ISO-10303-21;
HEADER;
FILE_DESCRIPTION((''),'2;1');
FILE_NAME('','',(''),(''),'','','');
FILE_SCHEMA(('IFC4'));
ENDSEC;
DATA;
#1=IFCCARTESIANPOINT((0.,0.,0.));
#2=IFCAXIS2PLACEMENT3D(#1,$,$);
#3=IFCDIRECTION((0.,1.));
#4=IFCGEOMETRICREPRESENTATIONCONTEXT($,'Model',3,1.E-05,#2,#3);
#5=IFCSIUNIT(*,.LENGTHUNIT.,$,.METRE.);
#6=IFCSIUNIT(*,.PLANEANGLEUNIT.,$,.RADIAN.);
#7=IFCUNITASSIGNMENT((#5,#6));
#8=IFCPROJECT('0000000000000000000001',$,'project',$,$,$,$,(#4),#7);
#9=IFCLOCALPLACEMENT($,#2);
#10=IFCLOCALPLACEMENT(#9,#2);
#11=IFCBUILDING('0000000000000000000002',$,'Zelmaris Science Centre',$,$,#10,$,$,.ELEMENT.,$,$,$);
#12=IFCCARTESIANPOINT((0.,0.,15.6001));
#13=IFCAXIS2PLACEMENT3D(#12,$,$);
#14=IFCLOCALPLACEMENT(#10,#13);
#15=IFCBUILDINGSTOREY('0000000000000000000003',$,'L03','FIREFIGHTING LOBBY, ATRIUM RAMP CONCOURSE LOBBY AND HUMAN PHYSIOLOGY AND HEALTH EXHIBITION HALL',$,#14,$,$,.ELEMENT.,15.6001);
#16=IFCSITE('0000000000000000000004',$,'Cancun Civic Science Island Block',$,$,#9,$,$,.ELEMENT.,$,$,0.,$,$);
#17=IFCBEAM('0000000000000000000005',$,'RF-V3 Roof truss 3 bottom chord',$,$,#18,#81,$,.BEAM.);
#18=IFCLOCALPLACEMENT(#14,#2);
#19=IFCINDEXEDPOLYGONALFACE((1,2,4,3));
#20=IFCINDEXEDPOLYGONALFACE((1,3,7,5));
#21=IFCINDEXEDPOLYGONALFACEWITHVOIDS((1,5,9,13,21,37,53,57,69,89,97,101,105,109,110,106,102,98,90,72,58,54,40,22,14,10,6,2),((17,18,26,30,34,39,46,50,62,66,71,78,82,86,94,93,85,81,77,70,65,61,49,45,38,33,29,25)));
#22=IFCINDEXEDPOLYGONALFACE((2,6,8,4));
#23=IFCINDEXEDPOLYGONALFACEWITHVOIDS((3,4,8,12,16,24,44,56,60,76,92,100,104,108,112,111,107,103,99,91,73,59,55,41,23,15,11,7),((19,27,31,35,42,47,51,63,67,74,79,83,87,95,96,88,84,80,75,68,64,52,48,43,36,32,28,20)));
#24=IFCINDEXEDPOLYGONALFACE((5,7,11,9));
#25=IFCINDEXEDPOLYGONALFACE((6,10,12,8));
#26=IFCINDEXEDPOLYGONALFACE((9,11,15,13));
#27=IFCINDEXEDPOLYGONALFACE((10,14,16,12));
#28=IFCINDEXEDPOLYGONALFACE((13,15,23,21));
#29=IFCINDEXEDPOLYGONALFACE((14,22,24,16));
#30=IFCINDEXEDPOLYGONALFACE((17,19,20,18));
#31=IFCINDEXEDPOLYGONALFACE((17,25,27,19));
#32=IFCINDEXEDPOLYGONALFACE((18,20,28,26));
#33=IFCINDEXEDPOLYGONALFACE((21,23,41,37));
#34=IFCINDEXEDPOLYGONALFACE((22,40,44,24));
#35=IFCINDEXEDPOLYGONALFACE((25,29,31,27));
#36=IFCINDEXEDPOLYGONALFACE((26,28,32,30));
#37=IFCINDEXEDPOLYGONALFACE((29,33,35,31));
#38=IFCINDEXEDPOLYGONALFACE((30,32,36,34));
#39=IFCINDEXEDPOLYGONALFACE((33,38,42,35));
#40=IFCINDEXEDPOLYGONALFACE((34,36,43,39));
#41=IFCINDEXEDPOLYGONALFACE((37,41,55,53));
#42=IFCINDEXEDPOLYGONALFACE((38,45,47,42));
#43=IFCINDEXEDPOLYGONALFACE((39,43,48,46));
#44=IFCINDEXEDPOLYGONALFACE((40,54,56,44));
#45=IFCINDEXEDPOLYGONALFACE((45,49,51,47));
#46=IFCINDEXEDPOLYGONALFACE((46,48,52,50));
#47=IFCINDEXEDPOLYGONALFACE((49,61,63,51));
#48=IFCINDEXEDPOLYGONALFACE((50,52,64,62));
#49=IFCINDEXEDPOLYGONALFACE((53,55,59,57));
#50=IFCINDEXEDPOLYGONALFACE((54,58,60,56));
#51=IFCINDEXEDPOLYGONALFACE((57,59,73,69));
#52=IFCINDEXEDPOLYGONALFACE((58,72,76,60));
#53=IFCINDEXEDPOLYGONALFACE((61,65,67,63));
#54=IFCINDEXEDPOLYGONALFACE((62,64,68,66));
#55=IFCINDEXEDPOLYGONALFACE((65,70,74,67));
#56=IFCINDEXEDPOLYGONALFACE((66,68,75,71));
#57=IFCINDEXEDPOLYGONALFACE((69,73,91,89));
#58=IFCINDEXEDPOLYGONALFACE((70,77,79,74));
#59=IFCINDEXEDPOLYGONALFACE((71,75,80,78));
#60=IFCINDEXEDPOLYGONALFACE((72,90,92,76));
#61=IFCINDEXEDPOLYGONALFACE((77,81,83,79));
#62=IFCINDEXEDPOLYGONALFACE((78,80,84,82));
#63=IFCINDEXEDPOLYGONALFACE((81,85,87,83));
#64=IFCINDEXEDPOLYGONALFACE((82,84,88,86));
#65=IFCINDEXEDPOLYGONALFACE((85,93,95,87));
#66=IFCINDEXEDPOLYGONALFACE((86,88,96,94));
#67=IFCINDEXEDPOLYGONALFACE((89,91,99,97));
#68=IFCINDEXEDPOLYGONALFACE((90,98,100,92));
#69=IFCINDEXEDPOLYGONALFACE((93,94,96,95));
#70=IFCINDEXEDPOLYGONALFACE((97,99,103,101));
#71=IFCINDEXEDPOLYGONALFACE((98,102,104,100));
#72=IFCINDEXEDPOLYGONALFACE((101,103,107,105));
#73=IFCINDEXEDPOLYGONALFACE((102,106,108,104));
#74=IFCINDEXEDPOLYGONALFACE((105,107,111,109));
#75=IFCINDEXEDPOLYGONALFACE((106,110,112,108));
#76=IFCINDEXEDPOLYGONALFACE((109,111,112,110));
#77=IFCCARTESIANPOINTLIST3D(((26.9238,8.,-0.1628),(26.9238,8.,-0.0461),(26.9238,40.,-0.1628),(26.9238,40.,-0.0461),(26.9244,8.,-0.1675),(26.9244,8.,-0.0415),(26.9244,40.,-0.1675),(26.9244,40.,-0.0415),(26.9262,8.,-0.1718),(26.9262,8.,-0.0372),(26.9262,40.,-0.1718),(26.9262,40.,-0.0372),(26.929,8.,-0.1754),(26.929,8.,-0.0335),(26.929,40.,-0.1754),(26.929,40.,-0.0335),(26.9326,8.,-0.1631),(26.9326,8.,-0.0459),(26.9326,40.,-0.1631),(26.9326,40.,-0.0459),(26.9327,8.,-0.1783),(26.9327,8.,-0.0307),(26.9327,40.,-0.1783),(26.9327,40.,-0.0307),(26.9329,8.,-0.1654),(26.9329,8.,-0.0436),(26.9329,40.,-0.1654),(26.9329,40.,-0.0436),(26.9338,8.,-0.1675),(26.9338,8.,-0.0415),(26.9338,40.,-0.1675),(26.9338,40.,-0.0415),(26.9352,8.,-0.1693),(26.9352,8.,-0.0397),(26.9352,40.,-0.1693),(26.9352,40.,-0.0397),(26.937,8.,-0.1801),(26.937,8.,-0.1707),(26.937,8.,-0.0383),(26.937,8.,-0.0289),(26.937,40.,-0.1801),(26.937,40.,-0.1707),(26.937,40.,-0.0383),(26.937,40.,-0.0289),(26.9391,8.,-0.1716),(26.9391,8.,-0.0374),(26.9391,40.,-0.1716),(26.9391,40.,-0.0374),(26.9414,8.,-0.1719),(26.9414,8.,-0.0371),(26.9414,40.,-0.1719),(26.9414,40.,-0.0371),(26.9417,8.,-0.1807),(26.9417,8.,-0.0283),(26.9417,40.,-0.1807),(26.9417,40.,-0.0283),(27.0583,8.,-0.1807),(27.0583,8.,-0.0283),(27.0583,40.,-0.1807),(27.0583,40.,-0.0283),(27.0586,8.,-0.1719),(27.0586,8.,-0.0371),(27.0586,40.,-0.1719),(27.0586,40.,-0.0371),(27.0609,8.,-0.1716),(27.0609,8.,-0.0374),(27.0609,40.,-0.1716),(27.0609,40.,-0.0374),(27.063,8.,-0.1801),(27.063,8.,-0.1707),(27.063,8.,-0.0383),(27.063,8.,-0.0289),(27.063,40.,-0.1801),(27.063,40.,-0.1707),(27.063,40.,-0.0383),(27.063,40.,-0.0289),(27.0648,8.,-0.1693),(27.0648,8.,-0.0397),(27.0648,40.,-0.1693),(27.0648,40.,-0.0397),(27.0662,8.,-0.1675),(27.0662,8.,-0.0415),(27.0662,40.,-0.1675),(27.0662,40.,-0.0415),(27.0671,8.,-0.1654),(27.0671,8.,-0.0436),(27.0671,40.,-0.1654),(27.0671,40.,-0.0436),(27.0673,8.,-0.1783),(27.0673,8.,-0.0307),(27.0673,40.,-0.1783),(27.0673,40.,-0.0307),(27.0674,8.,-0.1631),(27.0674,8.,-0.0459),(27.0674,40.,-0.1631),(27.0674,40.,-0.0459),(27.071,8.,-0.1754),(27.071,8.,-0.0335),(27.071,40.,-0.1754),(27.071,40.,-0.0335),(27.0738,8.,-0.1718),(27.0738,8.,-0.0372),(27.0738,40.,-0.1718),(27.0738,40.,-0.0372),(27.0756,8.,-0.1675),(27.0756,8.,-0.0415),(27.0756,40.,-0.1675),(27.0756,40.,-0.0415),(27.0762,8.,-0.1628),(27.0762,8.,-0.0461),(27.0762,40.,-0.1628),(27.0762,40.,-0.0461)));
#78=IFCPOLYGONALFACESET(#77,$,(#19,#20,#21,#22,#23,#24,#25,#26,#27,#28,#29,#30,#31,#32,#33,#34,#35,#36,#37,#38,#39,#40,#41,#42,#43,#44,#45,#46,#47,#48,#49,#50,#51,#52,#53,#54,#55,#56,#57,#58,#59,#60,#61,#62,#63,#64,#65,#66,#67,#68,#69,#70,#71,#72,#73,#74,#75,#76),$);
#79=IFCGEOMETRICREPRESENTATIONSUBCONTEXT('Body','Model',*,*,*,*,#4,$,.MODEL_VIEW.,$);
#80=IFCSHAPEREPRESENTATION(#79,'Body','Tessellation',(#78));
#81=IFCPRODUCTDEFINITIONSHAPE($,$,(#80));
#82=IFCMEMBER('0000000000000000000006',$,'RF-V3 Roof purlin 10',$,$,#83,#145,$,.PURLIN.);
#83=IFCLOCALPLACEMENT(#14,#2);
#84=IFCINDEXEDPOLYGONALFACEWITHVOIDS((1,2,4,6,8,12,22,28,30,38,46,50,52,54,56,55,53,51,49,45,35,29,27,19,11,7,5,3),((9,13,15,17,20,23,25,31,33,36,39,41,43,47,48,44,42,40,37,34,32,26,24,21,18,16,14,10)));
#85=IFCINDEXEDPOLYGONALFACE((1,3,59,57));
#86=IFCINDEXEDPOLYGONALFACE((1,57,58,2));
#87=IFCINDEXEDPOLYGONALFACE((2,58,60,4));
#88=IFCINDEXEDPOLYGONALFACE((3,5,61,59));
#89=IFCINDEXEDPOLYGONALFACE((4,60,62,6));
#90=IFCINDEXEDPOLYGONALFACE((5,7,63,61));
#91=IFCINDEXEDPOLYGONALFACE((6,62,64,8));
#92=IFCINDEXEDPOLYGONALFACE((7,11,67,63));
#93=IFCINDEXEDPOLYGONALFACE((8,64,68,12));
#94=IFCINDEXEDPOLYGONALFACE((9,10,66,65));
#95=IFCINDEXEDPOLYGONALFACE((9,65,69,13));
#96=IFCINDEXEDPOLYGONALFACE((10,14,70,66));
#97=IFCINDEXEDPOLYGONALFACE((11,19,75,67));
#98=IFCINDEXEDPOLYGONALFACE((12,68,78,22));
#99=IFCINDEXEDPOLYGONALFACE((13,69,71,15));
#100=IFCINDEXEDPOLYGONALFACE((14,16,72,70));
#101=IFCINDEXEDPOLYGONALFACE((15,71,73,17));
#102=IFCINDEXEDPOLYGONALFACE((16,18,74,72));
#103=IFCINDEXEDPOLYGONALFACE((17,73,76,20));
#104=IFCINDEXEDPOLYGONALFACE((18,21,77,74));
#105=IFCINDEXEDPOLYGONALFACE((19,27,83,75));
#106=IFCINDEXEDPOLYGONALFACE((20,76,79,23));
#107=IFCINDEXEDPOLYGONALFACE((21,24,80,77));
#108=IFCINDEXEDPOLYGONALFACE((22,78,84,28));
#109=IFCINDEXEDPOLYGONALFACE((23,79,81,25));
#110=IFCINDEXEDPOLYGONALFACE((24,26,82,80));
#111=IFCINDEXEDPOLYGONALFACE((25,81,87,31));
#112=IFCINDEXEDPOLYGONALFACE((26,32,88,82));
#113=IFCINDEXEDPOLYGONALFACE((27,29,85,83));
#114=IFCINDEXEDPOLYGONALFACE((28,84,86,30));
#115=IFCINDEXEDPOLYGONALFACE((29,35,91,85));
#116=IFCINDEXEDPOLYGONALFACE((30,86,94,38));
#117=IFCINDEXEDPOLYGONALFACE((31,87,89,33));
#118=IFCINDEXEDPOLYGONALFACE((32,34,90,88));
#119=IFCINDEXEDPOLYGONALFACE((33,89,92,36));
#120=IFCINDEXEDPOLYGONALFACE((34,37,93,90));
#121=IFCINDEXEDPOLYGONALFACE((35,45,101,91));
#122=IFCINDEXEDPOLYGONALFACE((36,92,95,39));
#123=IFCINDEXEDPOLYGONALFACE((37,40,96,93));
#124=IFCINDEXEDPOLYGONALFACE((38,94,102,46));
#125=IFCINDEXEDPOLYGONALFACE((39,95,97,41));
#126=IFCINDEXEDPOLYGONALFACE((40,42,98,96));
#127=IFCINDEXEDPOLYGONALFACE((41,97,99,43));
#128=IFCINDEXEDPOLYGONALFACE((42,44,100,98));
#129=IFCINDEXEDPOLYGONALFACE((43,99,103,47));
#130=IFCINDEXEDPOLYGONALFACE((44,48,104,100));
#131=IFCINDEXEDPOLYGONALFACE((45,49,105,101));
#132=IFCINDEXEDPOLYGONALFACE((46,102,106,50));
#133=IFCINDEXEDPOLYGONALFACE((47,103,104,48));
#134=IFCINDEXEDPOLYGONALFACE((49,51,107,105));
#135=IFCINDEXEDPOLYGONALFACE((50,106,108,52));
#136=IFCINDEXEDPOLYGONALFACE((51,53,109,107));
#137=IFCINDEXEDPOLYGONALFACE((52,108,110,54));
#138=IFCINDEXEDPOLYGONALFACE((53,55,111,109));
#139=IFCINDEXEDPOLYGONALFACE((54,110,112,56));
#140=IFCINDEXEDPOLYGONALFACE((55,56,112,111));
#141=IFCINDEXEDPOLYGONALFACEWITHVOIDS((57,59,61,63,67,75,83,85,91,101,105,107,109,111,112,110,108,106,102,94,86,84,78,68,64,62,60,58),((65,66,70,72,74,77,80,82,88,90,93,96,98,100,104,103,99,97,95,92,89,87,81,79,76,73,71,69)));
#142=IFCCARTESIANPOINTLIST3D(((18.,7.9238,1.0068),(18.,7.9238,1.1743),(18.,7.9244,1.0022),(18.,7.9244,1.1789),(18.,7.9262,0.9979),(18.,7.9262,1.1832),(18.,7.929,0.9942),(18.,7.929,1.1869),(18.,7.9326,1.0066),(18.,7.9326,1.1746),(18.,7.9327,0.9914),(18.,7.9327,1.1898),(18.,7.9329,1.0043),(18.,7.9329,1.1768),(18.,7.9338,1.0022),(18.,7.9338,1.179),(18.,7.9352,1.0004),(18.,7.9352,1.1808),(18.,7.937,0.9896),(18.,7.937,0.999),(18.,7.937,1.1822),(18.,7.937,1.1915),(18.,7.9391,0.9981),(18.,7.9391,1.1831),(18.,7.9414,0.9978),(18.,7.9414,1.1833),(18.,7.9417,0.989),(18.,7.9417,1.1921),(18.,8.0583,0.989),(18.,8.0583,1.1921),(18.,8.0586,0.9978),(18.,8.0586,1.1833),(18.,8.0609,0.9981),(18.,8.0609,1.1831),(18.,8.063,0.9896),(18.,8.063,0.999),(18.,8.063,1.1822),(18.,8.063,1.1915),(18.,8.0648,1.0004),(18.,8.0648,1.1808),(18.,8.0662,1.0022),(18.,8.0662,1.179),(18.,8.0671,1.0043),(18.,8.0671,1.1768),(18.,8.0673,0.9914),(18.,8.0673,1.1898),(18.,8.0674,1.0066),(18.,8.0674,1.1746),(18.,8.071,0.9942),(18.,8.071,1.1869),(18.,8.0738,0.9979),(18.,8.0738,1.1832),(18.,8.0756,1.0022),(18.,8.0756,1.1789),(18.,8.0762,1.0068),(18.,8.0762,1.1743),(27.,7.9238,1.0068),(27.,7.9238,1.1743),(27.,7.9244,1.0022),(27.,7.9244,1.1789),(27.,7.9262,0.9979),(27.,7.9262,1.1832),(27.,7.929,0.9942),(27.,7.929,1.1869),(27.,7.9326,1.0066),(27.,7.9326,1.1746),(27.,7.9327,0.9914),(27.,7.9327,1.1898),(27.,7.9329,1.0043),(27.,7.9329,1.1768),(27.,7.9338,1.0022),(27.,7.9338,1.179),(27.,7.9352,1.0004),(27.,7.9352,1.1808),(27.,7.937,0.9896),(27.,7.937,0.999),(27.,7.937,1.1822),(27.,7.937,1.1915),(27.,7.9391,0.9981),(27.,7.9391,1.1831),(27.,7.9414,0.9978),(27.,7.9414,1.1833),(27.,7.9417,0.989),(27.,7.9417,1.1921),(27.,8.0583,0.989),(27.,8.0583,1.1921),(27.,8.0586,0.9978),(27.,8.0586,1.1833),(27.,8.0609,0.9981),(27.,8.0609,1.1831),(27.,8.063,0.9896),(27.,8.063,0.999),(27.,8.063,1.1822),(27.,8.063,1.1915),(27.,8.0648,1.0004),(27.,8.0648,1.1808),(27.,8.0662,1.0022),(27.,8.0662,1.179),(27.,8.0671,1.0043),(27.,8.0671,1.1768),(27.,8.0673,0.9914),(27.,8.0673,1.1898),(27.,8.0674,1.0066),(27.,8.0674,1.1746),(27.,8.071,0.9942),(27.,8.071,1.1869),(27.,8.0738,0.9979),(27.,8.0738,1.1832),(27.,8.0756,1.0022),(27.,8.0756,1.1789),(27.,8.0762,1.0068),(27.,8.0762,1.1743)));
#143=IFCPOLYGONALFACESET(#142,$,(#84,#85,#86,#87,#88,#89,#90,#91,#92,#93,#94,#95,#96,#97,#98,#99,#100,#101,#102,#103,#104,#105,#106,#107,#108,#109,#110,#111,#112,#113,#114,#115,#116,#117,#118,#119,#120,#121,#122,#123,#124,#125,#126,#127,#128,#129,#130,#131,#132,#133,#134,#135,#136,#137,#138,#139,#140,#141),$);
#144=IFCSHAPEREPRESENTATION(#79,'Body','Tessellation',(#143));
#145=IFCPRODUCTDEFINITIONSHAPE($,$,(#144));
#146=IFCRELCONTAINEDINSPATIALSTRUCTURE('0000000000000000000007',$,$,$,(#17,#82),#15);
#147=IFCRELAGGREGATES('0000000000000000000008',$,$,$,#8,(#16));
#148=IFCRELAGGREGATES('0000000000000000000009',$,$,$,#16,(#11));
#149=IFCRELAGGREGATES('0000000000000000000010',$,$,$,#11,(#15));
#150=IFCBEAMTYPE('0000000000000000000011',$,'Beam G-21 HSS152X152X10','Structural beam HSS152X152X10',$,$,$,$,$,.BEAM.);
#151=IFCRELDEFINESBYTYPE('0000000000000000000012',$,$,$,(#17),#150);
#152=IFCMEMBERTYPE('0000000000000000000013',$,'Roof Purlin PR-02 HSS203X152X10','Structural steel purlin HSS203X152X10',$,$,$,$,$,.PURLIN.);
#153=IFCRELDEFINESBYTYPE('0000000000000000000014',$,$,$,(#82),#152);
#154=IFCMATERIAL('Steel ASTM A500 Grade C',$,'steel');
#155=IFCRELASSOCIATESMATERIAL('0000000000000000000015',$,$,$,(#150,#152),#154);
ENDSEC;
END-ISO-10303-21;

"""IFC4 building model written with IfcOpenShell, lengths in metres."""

from ifc_helpers import new_model, si_unit, direction, frame, origin, origin_2d, place, context, subcontext, project, spatial, hollow_rectangle, extrude, material, material_profile, profile_set, type_object, element, save


model = new_model("IFC4")

# Units and contexts
model_context = context("Model", 3, precision=1e-05, world=origin(), true_north=direction((0.0, 1.0)))
body_context = subcontext(model_context, "Body", "Model", "MODEL_VIEW")
ifc_project = project(units=[si_unit("LENGTHUNIT", "METRE"), si_unit("PLANEANGLEUNIT", "RADIAN")], contexts=[model_context])

# Site, building, storey
site_placement = place(None, origin())
site = spatial("IfcSite", under=ifc_project, at=site_placement, Name="Cancun Civic Science Island Block", CompositionType="ELEMENT", RefElevation=0.0)
building_placement = place(site_placement, origin())
building = spatial("IfcBuilding", under=site, at=building_placement, Name="Zelmaris Science Centre", CompositionType="ELEMENT")
storey_placement = place(building_placement, frame((0.0, 0.0, 15.6001)))
storey = spatial("IfcBuildingStorey", under=building, at=storey_placement, Name="L03", Description="FIREFIGHTING LOBBY, ATRIUM RAMP CONCOURSE LOBBY AND HUMAN PHYSIOLOGY AND HEALTH EXHIBITION HALL", CompositionType="ELEMENT", Elevation=15.6001)

# Beam
ifc_material = material(Name="Steel ASTM A500 Grade C", Category="steel")
ifc_material_profile_1 = material_profile(ifc_material, hollow_rectangle(XDim=0.1523, YDim=0.1523, WallThickness=0.0088, InnerFilletRadius=0.0088, OuterFilletRadius=0.0178, at=origin_2d()), Name="HSS152X152X10")
ifc_profile_set_1 = profile_set([ifc_material_profile_1], Name="Steel ASTM A500 Grade C")
beam_type_1 = type_object("IfcBeamType", Name="Beam G-21 HSS152X152X10", Description="Structural beam HSS152X152X10", PredefinedType="BEAM", material=ifc_profile_set_1)
for number, where, z_axis, x_axis, name in (
    (1, (27.0, 8.0, -0.1045), (0.0, 1.0, 0.0), (-1.0, 0.0, 0.0), "RF-V3 Roof truss 3 bottom chord"),
):
    element("IfcBeam", number, at=place(storey_placement, frame(where, z_axis=z_axis, x_axis=x_axis)), inside=storey, type_object=beam_type_1, Name=name, PredefinedType="BEAM", context=body_context, shape_type="SweptSolid", body=[
        extrude(hollow_rectangle(XDim=0.1523, YDim=0.1523, WallThickness=0.0088, InnerFilletRadius=0.0088, OuterFilletRadius=0.0178, at=origin_2d()), origin(), (0.0, 0.0, 1.0), 32.0),
    ])

# Member
ifc_material_profile_2 = material_profile(ifc_material, hollow_rectangle(XDim=0.1523, YDim=0.2031, WallThickness=0.0088, InnerFilletRadius=0.0088, OuterFilletRadius=0.0178, at=origin_2d()), Name="HSS203X152X10")
ifc_profile_set_2 = profile_set([ifc_material_profile_2], Name="Steel ASTM A500 Grade C")
member_type_1 = type_object("IfcMemberType", Name="Roof Purlin PR-02 HSS203X152X10", Description="Structural steel purlin HSS203X152X10", PredefinedType="PURLIN", material=ifc_profile_set_2)
for number, where, z_axis, x_axis, name in (
    (2, (18.0, 8.0, 1.0906), (1.0, 0.0, 0.0), (0.0, 1.0, 0.0), "RF-V3 Roof purlin 10"),
):
    element("IfcMember", number, at=place(storey_placement, frame(where, z_axis=z_axis, x_axis=x_axis)), inside=storey, type_object=member_type_1, Name=name, PredefinedType="PURLIN", context=body_context, shape_type="SweptSolid", body=[
        extrude(hollow_rectangle(XDim=0.1523, YDim=0.2031, WallThickness=0.0088, InnerFilletRadius=0.0088, OuterFilletRadius=0.0178, at=origin_2d()), origin(), (0.0, 0.0, 1.0), 9.0),
    ])

save(model, "model.ifc")
